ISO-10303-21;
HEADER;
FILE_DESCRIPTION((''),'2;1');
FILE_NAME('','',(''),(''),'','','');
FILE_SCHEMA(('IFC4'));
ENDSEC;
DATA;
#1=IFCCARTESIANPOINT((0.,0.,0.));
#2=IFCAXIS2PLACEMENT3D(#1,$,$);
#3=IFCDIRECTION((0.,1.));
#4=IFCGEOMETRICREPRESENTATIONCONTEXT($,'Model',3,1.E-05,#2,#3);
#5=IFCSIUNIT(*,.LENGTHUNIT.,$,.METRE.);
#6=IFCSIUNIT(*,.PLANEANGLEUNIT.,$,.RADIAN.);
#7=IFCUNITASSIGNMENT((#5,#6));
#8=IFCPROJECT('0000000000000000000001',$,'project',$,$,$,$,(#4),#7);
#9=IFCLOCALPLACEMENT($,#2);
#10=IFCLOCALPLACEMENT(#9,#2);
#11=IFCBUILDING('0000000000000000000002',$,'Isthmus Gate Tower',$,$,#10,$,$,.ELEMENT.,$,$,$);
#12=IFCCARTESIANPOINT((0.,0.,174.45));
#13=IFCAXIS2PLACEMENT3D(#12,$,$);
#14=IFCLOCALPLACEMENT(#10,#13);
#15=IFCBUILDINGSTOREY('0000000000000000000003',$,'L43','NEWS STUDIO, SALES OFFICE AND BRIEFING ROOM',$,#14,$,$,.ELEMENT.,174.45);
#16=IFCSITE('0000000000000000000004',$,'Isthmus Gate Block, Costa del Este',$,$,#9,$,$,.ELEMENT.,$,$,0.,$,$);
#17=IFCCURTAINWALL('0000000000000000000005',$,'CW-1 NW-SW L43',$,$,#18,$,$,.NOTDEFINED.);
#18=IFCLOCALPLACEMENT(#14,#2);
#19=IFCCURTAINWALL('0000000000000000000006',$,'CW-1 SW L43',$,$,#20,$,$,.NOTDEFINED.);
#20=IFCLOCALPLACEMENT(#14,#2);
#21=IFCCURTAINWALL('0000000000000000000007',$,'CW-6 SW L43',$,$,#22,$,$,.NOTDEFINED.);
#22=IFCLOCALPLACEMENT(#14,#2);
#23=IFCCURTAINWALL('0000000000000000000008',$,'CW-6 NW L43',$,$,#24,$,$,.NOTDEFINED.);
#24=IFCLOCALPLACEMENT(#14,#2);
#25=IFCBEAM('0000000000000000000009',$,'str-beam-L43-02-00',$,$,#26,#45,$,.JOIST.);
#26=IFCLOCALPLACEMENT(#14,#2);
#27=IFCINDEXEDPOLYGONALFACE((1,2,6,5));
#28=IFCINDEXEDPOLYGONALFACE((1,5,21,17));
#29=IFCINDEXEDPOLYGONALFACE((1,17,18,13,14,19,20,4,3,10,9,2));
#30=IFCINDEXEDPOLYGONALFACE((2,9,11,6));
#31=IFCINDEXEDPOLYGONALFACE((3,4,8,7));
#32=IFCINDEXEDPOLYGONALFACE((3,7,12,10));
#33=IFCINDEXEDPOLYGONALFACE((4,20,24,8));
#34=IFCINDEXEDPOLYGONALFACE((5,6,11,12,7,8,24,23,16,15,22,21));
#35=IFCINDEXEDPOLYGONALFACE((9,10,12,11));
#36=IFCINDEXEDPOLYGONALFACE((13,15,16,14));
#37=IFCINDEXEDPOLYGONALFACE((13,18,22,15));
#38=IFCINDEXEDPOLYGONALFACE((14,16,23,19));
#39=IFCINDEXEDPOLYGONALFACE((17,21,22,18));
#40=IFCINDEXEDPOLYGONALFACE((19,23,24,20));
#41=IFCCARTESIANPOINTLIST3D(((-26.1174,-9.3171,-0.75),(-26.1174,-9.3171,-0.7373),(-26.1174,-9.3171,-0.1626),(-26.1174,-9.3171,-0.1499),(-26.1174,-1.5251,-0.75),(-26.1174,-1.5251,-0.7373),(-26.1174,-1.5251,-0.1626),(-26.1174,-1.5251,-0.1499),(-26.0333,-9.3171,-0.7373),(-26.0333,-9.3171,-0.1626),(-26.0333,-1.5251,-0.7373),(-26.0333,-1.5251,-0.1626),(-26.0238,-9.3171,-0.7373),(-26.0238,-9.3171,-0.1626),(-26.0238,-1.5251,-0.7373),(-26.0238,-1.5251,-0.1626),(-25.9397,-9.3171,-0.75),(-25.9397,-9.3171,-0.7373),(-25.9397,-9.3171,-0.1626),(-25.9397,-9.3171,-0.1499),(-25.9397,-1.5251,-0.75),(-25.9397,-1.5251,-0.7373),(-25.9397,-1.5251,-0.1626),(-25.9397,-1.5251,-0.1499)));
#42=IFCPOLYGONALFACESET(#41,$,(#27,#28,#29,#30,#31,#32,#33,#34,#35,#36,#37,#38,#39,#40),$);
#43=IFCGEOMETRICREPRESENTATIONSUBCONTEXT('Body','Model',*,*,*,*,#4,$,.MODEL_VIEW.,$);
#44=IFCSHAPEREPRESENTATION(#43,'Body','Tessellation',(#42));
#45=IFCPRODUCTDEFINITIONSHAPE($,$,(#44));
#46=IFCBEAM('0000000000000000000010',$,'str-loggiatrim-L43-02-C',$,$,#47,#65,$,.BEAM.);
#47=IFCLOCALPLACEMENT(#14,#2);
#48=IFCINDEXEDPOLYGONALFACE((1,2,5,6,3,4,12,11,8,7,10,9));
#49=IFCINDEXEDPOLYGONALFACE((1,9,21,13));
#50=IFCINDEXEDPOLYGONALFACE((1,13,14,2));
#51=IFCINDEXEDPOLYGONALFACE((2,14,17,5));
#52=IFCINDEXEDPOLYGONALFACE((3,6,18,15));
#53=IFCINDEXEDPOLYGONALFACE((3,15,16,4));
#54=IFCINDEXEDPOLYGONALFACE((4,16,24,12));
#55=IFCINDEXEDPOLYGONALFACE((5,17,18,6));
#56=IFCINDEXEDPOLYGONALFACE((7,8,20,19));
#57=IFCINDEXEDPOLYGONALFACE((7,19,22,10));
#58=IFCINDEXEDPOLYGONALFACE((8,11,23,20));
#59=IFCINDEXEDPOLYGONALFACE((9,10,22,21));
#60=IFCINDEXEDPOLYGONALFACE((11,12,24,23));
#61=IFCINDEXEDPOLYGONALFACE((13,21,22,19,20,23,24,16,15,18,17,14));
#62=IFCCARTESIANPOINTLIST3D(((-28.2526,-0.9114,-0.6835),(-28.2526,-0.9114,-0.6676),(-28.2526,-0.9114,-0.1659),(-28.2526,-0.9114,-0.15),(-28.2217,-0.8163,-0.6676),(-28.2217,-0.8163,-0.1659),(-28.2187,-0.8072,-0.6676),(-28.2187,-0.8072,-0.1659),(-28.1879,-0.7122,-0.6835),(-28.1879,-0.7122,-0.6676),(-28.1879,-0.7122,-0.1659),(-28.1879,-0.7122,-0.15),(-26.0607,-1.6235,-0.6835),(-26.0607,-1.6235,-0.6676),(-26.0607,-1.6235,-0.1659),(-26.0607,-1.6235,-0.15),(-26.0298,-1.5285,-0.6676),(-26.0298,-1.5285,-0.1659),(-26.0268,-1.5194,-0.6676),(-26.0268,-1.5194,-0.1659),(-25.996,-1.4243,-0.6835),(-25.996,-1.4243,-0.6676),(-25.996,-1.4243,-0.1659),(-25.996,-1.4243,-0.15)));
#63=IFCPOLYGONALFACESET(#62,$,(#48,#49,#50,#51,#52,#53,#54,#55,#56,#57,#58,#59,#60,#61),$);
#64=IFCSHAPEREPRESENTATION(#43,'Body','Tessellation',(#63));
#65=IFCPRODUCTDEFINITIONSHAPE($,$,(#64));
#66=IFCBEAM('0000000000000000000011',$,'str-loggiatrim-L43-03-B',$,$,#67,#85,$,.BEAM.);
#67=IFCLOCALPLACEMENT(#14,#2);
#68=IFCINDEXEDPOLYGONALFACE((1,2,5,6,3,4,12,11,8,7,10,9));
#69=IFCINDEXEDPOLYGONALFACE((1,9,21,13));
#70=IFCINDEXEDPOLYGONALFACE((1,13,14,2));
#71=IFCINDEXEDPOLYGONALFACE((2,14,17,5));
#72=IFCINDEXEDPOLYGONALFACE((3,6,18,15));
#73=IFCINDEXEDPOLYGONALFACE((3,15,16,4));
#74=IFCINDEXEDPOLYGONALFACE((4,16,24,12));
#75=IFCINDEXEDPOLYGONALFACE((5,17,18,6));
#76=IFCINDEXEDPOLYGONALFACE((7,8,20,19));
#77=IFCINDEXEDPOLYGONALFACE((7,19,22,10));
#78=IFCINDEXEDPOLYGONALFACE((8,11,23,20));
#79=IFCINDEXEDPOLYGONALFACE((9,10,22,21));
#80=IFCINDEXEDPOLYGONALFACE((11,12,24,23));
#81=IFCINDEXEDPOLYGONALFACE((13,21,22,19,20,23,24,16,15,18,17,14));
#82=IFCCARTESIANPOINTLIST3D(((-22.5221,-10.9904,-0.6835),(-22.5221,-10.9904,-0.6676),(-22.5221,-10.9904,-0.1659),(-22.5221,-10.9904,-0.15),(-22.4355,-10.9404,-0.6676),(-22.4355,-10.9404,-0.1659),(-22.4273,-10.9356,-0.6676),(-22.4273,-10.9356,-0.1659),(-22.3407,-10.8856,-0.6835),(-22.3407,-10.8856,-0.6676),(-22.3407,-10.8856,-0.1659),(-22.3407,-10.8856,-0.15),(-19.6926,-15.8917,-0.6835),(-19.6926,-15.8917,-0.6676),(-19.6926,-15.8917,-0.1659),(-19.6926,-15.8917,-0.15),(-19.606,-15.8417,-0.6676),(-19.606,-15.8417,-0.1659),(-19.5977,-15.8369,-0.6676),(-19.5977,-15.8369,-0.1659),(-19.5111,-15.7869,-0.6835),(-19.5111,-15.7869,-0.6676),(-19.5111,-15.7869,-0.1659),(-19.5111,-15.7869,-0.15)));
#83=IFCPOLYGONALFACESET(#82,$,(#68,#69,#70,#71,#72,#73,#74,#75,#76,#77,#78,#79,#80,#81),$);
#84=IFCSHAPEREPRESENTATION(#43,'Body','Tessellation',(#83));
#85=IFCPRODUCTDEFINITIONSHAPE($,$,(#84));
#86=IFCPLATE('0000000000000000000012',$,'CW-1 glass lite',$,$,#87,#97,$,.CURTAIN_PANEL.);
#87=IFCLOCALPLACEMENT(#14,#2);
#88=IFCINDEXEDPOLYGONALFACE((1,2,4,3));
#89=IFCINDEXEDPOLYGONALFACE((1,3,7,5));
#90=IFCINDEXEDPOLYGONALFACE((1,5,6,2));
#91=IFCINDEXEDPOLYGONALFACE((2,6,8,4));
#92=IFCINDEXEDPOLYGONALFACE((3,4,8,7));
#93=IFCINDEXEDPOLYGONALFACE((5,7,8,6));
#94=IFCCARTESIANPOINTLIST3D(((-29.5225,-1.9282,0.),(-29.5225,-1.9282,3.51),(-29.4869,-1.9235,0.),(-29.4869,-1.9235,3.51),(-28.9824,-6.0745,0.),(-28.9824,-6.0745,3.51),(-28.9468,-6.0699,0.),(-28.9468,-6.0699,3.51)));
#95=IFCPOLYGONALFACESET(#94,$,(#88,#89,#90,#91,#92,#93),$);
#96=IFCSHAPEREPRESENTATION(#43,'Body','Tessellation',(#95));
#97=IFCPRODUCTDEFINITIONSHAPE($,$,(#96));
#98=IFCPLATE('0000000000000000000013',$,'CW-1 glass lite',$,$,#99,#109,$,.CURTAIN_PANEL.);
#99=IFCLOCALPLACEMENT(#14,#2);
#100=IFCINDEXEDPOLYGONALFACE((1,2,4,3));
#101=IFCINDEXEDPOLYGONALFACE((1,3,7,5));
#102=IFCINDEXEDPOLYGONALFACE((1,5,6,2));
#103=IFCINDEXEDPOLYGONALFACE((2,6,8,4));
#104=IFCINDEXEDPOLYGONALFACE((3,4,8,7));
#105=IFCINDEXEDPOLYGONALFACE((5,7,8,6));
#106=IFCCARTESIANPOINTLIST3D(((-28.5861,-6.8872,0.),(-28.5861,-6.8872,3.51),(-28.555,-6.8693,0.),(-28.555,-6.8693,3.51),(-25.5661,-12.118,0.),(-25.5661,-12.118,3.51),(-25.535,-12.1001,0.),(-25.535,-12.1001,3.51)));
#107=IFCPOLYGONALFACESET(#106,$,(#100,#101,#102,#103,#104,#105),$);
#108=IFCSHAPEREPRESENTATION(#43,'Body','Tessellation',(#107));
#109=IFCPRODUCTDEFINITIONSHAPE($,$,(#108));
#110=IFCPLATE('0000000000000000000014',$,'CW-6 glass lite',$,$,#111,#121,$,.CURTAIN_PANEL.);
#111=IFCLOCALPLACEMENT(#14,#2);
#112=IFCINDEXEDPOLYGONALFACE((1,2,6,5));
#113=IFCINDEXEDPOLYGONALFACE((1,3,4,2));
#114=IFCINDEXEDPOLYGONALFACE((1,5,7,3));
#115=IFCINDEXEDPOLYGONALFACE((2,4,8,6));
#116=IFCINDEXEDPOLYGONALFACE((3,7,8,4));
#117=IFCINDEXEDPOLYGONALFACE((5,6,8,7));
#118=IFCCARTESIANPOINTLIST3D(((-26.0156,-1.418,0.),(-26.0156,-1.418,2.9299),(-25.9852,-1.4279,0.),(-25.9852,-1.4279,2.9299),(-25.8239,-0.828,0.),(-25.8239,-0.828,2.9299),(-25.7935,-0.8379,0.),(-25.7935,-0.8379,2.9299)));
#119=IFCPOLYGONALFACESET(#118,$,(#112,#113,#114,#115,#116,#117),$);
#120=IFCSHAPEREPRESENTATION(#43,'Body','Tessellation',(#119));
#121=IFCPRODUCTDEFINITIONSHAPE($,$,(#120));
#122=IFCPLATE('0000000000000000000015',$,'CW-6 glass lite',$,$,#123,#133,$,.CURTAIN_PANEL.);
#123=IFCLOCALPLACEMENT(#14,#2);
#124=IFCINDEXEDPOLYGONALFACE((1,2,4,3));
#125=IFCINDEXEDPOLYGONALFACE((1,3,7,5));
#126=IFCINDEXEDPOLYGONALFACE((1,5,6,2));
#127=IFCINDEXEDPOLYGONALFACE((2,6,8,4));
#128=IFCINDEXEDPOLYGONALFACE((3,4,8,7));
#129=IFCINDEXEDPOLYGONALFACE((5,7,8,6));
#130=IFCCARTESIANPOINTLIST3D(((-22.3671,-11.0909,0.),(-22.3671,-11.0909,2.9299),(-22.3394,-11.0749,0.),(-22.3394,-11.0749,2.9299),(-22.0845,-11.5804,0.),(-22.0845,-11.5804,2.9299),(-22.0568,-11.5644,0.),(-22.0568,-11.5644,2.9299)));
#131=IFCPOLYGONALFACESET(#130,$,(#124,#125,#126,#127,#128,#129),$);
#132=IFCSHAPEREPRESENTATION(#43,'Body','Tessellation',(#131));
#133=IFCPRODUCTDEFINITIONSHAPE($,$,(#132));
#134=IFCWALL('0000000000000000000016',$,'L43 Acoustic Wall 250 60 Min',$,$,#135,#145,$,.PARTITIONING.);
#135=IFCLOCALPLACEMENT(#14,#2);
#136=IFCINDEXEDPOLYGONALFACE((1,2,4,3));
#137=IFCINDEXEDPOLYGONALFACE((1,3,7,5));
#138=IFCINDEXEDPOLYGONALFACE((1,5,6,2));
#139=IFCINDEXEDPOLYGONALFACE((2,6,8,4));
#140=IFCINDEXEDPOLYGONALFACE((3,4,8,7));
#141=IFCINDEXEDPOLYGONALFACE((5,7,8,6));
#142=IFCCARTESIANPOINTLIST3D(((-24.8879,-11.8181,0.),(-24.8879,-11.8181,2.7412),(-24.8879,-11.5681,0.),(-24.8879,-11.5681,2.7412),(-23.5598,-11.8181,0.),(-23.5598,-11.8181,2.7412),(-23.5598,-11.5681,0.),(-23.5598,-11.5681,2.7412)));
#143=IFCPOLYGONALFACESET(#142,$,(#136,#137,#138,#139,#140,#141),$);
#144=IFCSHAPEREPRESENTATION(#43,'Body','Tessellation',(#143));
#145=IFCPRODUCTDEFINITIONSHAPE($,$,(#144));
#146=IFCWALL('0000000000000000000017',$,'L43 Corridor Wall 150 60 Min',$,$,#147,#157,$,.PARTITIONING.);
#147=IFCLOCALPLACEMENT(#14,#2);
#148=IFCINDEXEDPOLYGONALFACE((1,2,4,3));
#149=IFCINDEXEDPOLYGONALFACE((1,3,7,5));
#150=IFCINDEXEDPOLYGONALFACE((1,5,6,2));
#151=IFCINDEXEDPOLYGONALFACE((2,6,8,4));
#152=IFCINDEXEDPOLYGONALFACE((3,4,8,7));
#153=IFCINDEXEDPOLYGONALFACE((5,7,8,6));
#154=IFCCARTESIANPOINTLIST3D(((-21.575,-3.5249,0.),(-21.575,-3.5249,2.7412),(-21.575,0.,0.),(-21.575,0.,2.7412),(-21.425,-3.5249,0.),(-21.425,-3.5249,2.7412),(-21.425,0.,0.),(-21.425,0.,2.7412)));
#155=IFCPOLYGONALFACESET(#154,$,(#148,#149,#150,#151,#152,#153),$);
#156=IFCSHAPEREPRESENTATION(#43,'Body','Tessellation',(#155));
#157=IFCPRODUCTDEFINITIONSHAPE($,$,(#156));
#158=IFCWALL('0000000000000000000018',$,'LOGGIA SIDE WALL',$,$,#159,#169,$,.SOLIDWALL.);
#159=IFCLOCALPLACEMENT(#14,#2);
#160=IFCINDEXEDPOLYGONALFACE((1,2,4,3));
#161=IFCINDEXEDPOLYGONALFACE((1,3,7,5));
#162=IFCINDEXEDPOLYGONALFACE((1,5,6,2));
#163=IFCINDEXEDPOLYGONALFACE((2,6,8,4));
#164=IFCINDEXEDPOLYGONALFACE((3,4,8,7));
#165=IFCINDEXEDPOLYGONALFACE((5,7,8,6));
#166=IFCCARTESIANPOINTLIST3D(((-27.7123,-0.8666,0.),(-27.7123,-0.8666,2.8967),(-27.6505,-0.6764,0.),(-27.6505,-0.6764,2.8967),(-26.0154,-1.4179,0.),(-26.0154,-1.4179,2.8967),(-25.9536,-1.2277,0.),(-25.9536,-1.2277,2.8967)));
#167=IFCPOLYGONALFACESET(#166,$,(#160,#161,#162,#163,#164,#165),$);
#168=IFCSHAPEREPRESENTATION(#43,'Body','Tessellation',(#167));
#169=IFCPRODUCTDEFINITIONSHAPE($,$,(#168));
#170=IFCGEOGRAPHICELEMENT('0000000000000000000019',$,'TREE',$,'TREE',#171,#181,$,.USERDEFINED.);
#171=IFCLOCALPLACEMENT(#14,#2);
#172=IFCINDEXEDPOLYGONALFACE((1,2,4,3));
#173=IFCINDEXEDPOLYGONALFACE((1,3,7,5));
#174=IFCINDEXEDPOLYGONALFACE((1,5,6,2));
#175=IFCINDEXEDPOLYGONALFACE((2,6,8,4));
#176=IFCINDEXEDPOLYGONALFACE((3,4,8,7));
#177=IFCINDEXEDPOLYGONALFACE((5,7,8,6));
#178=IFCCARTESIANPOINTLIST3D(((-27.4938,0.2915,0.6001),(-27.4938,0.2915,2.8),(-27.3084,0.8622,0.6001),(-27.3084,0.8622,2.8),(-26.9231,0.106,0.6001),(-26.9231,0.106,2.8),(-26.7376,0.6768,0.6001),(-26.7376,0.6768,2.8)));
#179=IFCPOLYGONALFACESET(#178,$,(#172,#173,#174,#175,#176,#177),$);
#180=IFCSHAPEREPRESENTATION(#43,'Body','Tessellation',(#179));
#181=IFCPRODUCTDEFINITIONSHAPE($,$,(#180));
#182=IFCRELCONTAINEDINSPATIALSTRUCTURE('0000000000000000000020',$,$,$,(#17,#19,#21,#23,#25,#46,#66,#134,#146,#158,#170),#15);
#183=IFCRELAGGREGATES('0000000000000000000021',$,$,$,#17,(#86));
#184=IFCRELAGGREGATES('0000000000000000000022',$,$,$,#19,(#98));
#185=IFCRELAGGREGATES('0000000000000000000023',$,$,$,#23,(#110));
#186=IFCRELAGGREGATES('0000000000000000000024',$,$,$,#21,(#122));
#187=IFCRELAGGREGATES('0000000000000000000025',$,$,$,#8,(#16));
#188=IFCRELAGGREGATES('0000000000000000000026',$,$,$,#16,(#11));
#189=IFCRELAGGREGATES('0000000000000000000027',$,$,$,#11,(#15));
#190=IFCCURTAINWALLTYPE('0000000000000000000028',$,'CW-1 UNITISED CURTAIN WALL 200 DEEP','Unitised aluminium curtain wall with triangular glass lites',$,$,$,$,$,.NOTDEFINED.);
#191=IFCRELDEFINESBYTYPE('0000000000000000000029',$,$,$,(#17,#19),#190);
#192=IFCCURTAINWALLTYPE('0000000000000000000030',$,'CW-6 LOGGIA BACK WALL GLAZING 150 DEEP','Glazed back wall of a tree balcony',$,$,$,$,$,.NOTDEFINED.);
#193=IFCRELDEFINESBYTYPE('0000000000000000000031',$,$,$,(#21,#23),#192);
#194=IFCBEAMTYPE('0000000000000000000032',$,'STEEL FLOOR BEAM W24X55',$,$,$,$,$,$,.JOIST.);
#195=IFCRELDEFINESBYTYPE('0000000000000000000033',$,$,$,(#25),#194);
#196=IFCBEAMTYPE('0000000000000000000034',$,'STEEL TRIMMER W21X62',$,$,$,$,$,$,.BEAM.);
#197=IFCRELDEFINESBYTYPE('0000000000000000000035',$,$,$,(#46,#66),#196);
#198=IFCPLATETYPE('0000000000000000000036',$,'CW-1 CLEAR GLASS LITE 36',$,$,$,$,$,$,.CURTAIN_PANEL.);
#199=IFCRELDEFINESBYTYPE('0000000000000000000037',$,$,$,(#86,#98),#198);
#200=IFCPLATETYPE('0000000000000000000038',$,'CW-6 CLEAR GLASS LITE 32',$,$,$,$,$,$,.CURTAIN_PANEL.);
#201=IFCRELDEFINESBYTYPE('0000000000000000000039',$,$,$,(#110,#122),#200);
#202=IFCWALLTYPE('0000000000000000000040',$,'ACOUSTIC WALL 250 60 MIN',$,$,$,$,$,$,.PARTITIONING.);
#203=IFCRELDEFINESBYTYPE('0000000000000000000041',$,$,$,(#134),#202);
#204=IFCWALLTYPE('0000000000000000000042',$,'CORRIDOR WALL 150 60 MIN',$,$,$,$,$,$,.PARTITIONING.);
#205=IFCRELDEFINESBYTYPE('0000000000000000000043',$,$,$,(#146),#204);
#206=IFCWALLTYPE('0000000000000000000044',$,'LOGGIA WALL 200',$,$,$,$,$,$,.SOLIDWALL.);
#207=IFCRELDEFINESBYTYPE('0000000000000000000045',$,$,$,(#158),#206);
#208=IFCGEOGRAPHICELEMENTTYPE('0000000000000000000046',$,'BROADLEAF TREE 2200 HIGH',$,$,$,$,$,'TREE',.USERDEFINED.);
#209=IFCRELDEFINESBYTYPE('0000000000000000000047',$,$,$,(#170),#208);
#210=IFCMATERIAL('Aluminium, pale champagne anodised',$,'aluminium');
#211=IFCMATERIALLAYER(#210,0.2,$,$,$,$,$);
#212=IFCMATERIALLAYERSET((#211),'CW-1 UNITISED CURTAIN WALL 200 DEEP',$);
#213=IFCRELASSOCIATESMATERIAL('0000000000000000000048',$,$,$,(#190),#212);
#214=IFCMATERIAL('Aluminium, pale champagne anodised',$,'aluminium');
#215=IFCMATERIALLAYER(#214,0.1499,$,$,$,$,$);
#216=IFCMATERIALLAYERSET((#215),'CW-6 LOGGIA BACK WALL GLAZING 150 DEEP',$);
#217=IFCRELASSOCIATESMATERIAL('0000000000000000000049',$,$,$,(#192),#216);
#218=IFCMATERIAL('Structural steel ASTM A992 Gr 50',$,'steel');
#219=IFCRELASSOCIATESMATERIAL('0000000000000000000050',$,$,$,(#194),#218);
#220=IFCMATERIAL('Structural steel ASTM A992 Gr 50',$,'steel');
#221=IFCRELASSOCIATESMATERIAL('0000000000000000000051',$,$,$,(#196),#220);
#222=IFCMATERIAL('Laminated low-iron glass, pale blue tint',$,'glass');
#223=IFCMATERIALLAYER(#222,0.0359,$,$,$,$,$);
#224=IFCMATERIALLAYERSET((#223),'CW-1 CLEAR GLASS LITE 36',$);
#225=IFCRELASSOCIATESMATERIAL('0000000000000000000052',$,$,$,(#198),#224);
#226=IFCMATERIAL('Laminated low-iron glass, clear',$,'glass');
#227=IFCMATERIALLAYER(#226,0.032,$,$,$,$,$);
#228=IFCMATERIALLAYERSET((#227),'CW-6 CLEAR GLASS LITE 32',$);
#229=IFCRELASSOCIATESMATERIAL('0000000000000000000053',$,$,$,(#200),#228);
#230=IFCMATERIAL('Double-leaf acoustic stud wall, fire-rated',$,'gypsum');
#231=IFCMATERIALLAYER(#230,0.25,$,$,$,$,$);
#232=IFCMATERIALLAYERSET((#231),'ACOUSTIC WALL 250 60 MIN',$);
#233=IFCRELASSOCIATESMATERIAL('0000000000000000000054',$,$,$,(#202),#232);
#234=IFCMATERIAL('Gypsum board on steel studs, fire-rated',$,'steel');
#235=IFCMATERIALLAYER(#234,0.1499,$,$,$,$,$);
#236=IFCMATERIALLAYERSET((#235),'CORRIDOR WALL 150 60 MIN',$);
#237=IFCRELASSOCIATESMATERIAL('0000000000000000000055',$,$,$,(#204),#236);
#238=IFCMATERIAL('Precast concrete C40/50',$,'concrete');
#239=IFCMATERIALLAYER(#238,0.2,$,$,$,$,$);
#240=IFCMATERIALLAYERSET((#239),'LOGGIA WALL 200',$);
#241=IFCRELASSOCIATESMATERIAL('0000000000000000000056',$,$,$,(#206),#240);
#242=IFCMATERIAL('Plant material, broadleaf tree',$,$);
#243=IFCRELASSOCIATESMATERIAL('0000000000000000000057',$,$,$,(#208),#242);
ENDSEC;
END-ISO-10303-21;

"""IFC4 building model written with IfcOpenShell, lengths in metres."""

from ifc_helpers import new_model, si_unit, direction, frame, frame_2d, origin, origin_2d, place, context, subcontext, project, spatial, rectangle, i_section, extrude, material, layer, layer_set, material_profile, profile_set, type_object, element, aggregate, save


model = new_model("IFC4")

# Units and contexts
model_context = context("Model", 3, precision=1e-05, world=origin(), true_north=direction((0.0, 1.0)))
body_context = subcontext(model_context, "Body", "Model", "MODEL_VIEW")
ifc_project = project(units=[si_unit("LENGTHUNIT", "METRE"), si_unit("PLANEANGLEUNIT", "RADIAN")], contexts=[model_context])

# Site, building, storey
site_placement = place(None, origin())
site = spatial("IfcSite", under=ifc_project, at=site_placement, Name="Isthmus Gate Block, Costa del Este", CompositionType="ELEMENT", RefElevation=0.0)
building_placement = place(site_placement, origin())
building = spatial("IfcBuilding", under=site, at=building_placement, Name="Isthmus Gate Tower", CompositionType="ELEMENT")
storey_placement = place(building_placement, frame((0.0, 0.0, 174.45)))
storey = spatial("IfcBuildingStorey", under=building, at=storey_placement, Name="L43", Description="NEWS STUDIO, SALES OFFICE AND BRIEFING ROOM", CompositionType="ELEMENT", Elevation=174.45)

# Curtain walls
ifc_material_1 = material(Name="Aluminium, pale champagne anodised", Category="aluminium")
ifc_layer_1 = layer(ifc_material_1, 0.2)
ifc_layer_set_1 = layer_set([ifc_layer_1], Name="CW-1 UNITISED CURTAIN WALL 200 DEEP")
curtain_wall_type_1 = type_object("IfcCurtainWallType", Name="CW-1 UNITISED CURTAIN WALL 200 DEEP", Description="Unitised aluminium curtain wall with triangular glass lites", PredefinedType="NOTDEFINED", material=ifc_layer_set_1)
curtain_wall_1_placement = place(storey_placement, origin())
curtain_wall_1 = element("IfcCurtainWall", 1, at=curtain_wall_1_placement, inside=storey, type_object=curtain_wall_type_1, Name="CW-1 NW-SW L43", PredefinedType="NOTDEFINED")
curtain_wall_2_placement = place(storey_placement, origin())
curtain_wall_2 = element("IfcCurtainWall", 2, at=curtain_wall_2_placement, inside=storey, type_object=curtain_wall_type_1, Name="CW-1 SW L43", PredefinedType="NOTDEFINED")

# Curtain walls
ifc_material_2 = material(Name="Aluminium, pale champagne anodised", Category="aluminium")
ifc_layer_2 = layer(ifc_material_2, 0.1499)
ifc_layer_set_2 = layer_set([ifc_layer_2], Name="CW-6 LOGGIA BACK WALL GLAZING 150 DEEP")
curtain_wall_type_2 = type_object("IfcCurtainWallType", Name="CW-6 LOGGIA BACK WALL GLAZING 150 DEEP", Description="Glazed back wall of a tree balcony", PredefinedType="NOTDEFINED", material=ifc_layer_set_2)
curtain_wall_3_placement = place(storey_placement, origin())
curtain_wall_3 = element("IfcCurtainWall", 3, at=curtain_wall_3_placement, inside=storey, type_object=curtain_wall_type_2, Name="CW-6 SW L43", PredefinedType="NOTDEFINED")
curtain_wall_4_placement = place(storey_placement, origin())
curtain_wall_4 = element("IfcCurtainWall", 4, at=curtain_wall_4_placement, inside=storey, type_object=curtain_wall_type_2, Name="CW-6 NW L43", PredefinedType="NOTDEFINED")

# Beams
ifc_material_3 = material(Name="Structural steel ASTM A992 Gr 50", Category="steel")
ifc_material_profile_1 = material_profile(ifc_material_3, i_section(OverallWidth=0.1777, OverallDepth=0.6001, WebThickness=0.0095, FlangeThickness=0.0127, at=origin_2d()), Name="W24X55")
ifc_profile_set_1 = profile_set([ifc_material_profile_1], Name="Structural steel ASTM A992 Gr 50")
beam_type_1 = type_object("IfcBeamType", Name="STEEL FLOOR BEAM W24X55", PredefinedType="JOIST", material=ifc_profile_set_1)
beam_1_placement = place(storey_placement, frame((-26.0286, -9.3171, -0.45), z_axis=(0.0, 1.0, 0.0), x_axis=(-1.0, 0.0, 0.0)))
element("IfcBeam", 5, at=beam_1_placement, inside=storey, type_object=beam_type_1, Name="str-beam-L43-02-00", PredefinedType="JOIST", context=body_context, shape_type="SweptSolid", body=[
    extrude(i_section(OverallWidth=0.1777, OverallDepth=0.6001, WebThickness=0.0095, FlangeThickness=0.0127, at=origin_2d()), origin(), (0.0, 0.0, 1.0), 7.792),
])
ifc_material_4 = material(Name="Structural steel ASTM A992 Gr 50", Category="steel")
ifc_material_profile_2 = material_profile(ifc_material_4, i_section(OverallWidth=0.2095, OverallDepth=0.5334, WebThickness=0.0095, FlangeThickness=0.0159, at=origin_2d()), Name="W21X62")
ifc_profile_set_2 = profile_set([ifc_material_profile_2], Name="Structural steel ASTM A992 Gr 50")
beam_type_2 = type_object("IfcBeamType", Name="STEEL TRIMMER W21X62", PredefinedType="BEAM", material=ifc_profile_set_2)
beam_2_placement = place(storey_placement, frame((-28.2202, -0.8118, -0.4167), z_axis=(0.951061, -0.309005, 0.0), x_axis=(0.309005, 0.951061, 0.0)))
element("IfcBeam", 6, at=beam_2_placement, inside=storey, type_object=beam_type_2, Name="str-loggiatrim-L43-02-C", PredefinedType="BEAM", context=body_context, shape_type="SweptSolid", body=[
    extrude(i_section(OverallWidth=0.2095, OverallDepth=0.5334, WebThickness=0.0095, FlangeThickness=0.0159, at=origin_2d()), origin(), (0.0, 0.0, 1.0), 2.3047),
])
beam_3_placement = place(storey_placement, frame((-22.4314, -10.938, -0.4167), z_axis=(0.499971, -0.866042, 0.0), x_axis=(0.866042, 0.499971, 0.0)))
element("IfcBeam", 7, at=beam_3_placement, inside=storey, type_object=beam_type_2, Name="str-loggiatrim-L43-03-B", PredefinedType="BEAM", context=body_context, shape_type="SweptSolid", body=[
    extrude(i_section(OverallWidth=0.2095, OverallDepth=0.5334, WebThickness=0.0095, FlangeThickness=0.0159, at=origin_2d()), origin(), (0.0, 0.0, 1.0), 5.6594),
])

# Plates
ifc_material_5 = material(Name="Laminated low-iron glass, pale blue tint", Category="glass")
ifc_layer_3 = layer(ifc_material_5, 0.0359)
ifc_layer_set_3 = layer_set([ifc_layer_3], Name="CW-1 CLEAR GLASS LITE 36")
plate_type_1 = type_object("IfcPlateType", Name="CW-1 CLEAR GLASS LITE 36", PredefinedType="CURTAIN_PANEL", material=ifc_layer_set_3)
plate_1_placement = place(storey_placement, frame((-29.2346, -3.999, 0.0), z_axis=(0.0, 0.0, 1.0), x_axis=(0.129165, -0.991623, 0.0)))
plate_1 = element("IfcPlate", 8, at=plate_1_placement, type_object=plate_type_1, Name="CW-1 glass lite", PredefinedType="CURTAIN_PANEL", context=body_context, shape_type="SweptSolid", body=[
    extrude(rectangle(XDim=4.1814, YDim=0.0359, at=origin_2d()), origin(), (0.0, 0.0, 1.0), 3.51),
])
aggregate(curtain_wall_1, [plate_1])
plate_2_placement = place(storey_placement, frame((-27.0605, -9.4937, 0.0), z_axis=(0.0, 0.0, 1.0), x_axis=(0.5, -0.866025, 0.0)))
plate_2 = element("IfcPlate", 9, at=plate_2_placement, type_object=plate_type_1, Name="CW-1 glass lite", PredefinedType="CURTAIN_PANEL", context=body_context, shape_type="SweptSolid", body=[
    extrude(rectangle(XDim=6.04, YDim=0.0359, at=origin_2d()), origin(), (0.0, 0.0, 1.0), 3.51),
])
aggregate(curtain_wall_2, [plate_2])
ifc_material_6 = material(Name="Laminated low-iron glass, clear", Category="glass")
ifc_layer_4 = layer(ifc_material_6, 0.032)
ifc_layer_set_4 = layer_set([ifc_layer_4], Name="CW-6 CLEAR GLASS LITE 32")
plate_type_2 = type_object("IfcPlateType", Name="CW-6 CLEAR GLASS LITE 32", PredefinedType="CURTAIN_PANEL", material=ifc_layer_set_4)
plate_3_placement = place(storey_placement, frame((-25.9045, -1.1279, 0.0), z_axis=(0.0, 0.0, 1.0), x_axis=(-0.309017, -0.951057, 0.0)))
plate_3 = element("IfcPlate", 10, at=plate_3_placement, type_object=plate_type_2, Name="CW-6 glass lite", PredefinedType="CURTAIN_PANEL", context=body_context, shape_type="SweptSolid", body=[
    extrude(rectangle(XDim=0.6204, YDim=0.032, at=origin_2d()), origin(), (0.0, 0.0, 1.0), 2.9299),
])
aggregate(curtain_wall_4, [plate_3])
plate_4_placement = place(storey_placement, frame((-22.2119, -11.3276, 0.0), z_axis=(0.0, 0.0, 1.0), x_axis=(0.5, -0.866025, 0.0)))
plate_4 = element("IfcPlate", 11, at=plate_4_placement, type_object=plate_type_2, Name="CW-6 glass lite", PredefinedType="CURTAIN_PANEL", context=body_context, shape_type="SweptSolid", body=[
    extrude(rectangle(XDim=0.5652, YDim=0.032, at=origin_2d()), origin(), (0.0, 0.0, 1.0), 2.9299),
])
aggregate(curtain_wall_3, [plate_4])

# Walls
ifc_material_7 = material(Name="Double-leaf acoustic stud wall, fire-rated", Category="gypsum")
ifc_layer_5 = layer(ifc_material_7, 0.25)
ifc_layer_set_5 = layer_set([ifc_layer_5], Name="ACOUSTIC WALL 250 60 MIN")
wall_type_1 = type_object("IfcWallType", Name="ACOUSTIC WALL 250 60 MIN", PredefinedType="PARTITIONING", material=ifc_layer_set_5)
wall_1_placement = place(storey_placement, frame((-24.8879, -11.6931, 0.0), z_axis=(0.0, 0.0, 1.0), x_axis=(1.0, 0.0, 0.0)))
element("IfcWall", 12, at=wall_1_placement, inside=storey, type_object=wall_type_1, Name="L43 Acoustic Wall 250 60 Min", PredefinedType="PARTITIONING", context=body_context, shape_type="SweptSolid", body=[
    extrude(rectangle(XDim=1.3281, YDim=0.25, at=frame_2d((0.6641, 0.0))), origin(), (0.0, 0.0, 1.0), 2.7412),
])
ifc_material_8 = material(Name="Gypsum board on steel studs, fire-rated", Category="steel")
ifc_layer_6 = layer(ifc_material_8, 0.1499)
ifc_layer_set_6 = layer_set([ifc_layer_6], Name="CORRIDOR WALL 150 60 MIN")
wall_type_2 = type_object("IfcWallType", Name="CORRIDOR WALL 150 60 MIN", PredefinedType="PARTITIONING", material=ifc_layer_set_6)
wall_2_placement = place(storey_placement, frame((-21.5, -3.5249, 0.0), z_axis=(0.0, 0.0, 1.0), x_axis=(0.0, 1.0, 0.0)))
element("IfcWall", 13, at=wall_2_placement, inside=storey, type_object=wall_type_2, Name="L43 Corridor Wall 150 60 Min", PredefinedType="PARTITIONING", context=body_context, shape_type="SweptSolid", body=[
    extrude(rectangle(XDim=3.5249, YDim=0.1499, at=frame_2d((1.7625, 0.0))), origin(), (0.0, 0.0, 1.0), 2.7412),
])
ifc_material_9 = material(Name="Precast concrete C40/50", Category="concrete")
ifc_layer_7 = layer(ifc_material_9, 0.2)
ifc_layer_set_7 = layer_set([ifc_layer_7], Name="LOGGIA WALL 200")
wall_type_3 = type_object("IfcWallType", Name="LOGGIA WALL 200", PredefinedType="SOLIDWALL", material=ifc_layer_set_7)
wall_3_placement = place(storey_placement, frame((-27.6814, -0.7715, 0.0), z_axis=(0.0, 0.0, 1.0), x_axis=(0.951064, -0.308993, 0.0)))
element("IfcWall", 14, at=wall_3_placement, inside=storey, type_object=wall_type_3, Name="LOGGIA SIDE WALL", PredefinedType="SOLIDWALL", context=body_context, shape_type="SweptSolid", body=[
    extrude(rectangle(XDim=1.7842, YDim=0.2, at=frame_2d((0.8921, 0.0))), origin(), (0.0, 0.0, 1.0), 2.8967),
])

# Geographic element
ifc_material_10 = material(Name="Plant material, broadleaf tree")
geographic_element_type = type_object("IfcGeographicElementType", Name="BROADLEAF TREE 2200 HIGH", ElementType="TREE", PredefinedType="USERDEFINED", material=ifc_material_10)
geographic_element_placement = place(storey_placement, frame((-27.1157, 0.4841, 0.6001), z_axis=(0.0, 0.0, 1.0), x_axis=(-0.309017, -0.951057, 0.0)))
element("IfcGeographicElement", 15, at=geographic_element_placement, inside=storey, type_object=geographic_element_type, Name="TREE", ObjectType="TREE", PredefinedType="USERDEFINED", context=body_context, shape_type="SweptSolid", body=[
    extrude(rectangle(XDim=0.6001, YDim=0.6001, at=origin_2d()), origin(), (0.0, 0.0, 1.0), 2.2),
])

save(model, "model.ifc")
